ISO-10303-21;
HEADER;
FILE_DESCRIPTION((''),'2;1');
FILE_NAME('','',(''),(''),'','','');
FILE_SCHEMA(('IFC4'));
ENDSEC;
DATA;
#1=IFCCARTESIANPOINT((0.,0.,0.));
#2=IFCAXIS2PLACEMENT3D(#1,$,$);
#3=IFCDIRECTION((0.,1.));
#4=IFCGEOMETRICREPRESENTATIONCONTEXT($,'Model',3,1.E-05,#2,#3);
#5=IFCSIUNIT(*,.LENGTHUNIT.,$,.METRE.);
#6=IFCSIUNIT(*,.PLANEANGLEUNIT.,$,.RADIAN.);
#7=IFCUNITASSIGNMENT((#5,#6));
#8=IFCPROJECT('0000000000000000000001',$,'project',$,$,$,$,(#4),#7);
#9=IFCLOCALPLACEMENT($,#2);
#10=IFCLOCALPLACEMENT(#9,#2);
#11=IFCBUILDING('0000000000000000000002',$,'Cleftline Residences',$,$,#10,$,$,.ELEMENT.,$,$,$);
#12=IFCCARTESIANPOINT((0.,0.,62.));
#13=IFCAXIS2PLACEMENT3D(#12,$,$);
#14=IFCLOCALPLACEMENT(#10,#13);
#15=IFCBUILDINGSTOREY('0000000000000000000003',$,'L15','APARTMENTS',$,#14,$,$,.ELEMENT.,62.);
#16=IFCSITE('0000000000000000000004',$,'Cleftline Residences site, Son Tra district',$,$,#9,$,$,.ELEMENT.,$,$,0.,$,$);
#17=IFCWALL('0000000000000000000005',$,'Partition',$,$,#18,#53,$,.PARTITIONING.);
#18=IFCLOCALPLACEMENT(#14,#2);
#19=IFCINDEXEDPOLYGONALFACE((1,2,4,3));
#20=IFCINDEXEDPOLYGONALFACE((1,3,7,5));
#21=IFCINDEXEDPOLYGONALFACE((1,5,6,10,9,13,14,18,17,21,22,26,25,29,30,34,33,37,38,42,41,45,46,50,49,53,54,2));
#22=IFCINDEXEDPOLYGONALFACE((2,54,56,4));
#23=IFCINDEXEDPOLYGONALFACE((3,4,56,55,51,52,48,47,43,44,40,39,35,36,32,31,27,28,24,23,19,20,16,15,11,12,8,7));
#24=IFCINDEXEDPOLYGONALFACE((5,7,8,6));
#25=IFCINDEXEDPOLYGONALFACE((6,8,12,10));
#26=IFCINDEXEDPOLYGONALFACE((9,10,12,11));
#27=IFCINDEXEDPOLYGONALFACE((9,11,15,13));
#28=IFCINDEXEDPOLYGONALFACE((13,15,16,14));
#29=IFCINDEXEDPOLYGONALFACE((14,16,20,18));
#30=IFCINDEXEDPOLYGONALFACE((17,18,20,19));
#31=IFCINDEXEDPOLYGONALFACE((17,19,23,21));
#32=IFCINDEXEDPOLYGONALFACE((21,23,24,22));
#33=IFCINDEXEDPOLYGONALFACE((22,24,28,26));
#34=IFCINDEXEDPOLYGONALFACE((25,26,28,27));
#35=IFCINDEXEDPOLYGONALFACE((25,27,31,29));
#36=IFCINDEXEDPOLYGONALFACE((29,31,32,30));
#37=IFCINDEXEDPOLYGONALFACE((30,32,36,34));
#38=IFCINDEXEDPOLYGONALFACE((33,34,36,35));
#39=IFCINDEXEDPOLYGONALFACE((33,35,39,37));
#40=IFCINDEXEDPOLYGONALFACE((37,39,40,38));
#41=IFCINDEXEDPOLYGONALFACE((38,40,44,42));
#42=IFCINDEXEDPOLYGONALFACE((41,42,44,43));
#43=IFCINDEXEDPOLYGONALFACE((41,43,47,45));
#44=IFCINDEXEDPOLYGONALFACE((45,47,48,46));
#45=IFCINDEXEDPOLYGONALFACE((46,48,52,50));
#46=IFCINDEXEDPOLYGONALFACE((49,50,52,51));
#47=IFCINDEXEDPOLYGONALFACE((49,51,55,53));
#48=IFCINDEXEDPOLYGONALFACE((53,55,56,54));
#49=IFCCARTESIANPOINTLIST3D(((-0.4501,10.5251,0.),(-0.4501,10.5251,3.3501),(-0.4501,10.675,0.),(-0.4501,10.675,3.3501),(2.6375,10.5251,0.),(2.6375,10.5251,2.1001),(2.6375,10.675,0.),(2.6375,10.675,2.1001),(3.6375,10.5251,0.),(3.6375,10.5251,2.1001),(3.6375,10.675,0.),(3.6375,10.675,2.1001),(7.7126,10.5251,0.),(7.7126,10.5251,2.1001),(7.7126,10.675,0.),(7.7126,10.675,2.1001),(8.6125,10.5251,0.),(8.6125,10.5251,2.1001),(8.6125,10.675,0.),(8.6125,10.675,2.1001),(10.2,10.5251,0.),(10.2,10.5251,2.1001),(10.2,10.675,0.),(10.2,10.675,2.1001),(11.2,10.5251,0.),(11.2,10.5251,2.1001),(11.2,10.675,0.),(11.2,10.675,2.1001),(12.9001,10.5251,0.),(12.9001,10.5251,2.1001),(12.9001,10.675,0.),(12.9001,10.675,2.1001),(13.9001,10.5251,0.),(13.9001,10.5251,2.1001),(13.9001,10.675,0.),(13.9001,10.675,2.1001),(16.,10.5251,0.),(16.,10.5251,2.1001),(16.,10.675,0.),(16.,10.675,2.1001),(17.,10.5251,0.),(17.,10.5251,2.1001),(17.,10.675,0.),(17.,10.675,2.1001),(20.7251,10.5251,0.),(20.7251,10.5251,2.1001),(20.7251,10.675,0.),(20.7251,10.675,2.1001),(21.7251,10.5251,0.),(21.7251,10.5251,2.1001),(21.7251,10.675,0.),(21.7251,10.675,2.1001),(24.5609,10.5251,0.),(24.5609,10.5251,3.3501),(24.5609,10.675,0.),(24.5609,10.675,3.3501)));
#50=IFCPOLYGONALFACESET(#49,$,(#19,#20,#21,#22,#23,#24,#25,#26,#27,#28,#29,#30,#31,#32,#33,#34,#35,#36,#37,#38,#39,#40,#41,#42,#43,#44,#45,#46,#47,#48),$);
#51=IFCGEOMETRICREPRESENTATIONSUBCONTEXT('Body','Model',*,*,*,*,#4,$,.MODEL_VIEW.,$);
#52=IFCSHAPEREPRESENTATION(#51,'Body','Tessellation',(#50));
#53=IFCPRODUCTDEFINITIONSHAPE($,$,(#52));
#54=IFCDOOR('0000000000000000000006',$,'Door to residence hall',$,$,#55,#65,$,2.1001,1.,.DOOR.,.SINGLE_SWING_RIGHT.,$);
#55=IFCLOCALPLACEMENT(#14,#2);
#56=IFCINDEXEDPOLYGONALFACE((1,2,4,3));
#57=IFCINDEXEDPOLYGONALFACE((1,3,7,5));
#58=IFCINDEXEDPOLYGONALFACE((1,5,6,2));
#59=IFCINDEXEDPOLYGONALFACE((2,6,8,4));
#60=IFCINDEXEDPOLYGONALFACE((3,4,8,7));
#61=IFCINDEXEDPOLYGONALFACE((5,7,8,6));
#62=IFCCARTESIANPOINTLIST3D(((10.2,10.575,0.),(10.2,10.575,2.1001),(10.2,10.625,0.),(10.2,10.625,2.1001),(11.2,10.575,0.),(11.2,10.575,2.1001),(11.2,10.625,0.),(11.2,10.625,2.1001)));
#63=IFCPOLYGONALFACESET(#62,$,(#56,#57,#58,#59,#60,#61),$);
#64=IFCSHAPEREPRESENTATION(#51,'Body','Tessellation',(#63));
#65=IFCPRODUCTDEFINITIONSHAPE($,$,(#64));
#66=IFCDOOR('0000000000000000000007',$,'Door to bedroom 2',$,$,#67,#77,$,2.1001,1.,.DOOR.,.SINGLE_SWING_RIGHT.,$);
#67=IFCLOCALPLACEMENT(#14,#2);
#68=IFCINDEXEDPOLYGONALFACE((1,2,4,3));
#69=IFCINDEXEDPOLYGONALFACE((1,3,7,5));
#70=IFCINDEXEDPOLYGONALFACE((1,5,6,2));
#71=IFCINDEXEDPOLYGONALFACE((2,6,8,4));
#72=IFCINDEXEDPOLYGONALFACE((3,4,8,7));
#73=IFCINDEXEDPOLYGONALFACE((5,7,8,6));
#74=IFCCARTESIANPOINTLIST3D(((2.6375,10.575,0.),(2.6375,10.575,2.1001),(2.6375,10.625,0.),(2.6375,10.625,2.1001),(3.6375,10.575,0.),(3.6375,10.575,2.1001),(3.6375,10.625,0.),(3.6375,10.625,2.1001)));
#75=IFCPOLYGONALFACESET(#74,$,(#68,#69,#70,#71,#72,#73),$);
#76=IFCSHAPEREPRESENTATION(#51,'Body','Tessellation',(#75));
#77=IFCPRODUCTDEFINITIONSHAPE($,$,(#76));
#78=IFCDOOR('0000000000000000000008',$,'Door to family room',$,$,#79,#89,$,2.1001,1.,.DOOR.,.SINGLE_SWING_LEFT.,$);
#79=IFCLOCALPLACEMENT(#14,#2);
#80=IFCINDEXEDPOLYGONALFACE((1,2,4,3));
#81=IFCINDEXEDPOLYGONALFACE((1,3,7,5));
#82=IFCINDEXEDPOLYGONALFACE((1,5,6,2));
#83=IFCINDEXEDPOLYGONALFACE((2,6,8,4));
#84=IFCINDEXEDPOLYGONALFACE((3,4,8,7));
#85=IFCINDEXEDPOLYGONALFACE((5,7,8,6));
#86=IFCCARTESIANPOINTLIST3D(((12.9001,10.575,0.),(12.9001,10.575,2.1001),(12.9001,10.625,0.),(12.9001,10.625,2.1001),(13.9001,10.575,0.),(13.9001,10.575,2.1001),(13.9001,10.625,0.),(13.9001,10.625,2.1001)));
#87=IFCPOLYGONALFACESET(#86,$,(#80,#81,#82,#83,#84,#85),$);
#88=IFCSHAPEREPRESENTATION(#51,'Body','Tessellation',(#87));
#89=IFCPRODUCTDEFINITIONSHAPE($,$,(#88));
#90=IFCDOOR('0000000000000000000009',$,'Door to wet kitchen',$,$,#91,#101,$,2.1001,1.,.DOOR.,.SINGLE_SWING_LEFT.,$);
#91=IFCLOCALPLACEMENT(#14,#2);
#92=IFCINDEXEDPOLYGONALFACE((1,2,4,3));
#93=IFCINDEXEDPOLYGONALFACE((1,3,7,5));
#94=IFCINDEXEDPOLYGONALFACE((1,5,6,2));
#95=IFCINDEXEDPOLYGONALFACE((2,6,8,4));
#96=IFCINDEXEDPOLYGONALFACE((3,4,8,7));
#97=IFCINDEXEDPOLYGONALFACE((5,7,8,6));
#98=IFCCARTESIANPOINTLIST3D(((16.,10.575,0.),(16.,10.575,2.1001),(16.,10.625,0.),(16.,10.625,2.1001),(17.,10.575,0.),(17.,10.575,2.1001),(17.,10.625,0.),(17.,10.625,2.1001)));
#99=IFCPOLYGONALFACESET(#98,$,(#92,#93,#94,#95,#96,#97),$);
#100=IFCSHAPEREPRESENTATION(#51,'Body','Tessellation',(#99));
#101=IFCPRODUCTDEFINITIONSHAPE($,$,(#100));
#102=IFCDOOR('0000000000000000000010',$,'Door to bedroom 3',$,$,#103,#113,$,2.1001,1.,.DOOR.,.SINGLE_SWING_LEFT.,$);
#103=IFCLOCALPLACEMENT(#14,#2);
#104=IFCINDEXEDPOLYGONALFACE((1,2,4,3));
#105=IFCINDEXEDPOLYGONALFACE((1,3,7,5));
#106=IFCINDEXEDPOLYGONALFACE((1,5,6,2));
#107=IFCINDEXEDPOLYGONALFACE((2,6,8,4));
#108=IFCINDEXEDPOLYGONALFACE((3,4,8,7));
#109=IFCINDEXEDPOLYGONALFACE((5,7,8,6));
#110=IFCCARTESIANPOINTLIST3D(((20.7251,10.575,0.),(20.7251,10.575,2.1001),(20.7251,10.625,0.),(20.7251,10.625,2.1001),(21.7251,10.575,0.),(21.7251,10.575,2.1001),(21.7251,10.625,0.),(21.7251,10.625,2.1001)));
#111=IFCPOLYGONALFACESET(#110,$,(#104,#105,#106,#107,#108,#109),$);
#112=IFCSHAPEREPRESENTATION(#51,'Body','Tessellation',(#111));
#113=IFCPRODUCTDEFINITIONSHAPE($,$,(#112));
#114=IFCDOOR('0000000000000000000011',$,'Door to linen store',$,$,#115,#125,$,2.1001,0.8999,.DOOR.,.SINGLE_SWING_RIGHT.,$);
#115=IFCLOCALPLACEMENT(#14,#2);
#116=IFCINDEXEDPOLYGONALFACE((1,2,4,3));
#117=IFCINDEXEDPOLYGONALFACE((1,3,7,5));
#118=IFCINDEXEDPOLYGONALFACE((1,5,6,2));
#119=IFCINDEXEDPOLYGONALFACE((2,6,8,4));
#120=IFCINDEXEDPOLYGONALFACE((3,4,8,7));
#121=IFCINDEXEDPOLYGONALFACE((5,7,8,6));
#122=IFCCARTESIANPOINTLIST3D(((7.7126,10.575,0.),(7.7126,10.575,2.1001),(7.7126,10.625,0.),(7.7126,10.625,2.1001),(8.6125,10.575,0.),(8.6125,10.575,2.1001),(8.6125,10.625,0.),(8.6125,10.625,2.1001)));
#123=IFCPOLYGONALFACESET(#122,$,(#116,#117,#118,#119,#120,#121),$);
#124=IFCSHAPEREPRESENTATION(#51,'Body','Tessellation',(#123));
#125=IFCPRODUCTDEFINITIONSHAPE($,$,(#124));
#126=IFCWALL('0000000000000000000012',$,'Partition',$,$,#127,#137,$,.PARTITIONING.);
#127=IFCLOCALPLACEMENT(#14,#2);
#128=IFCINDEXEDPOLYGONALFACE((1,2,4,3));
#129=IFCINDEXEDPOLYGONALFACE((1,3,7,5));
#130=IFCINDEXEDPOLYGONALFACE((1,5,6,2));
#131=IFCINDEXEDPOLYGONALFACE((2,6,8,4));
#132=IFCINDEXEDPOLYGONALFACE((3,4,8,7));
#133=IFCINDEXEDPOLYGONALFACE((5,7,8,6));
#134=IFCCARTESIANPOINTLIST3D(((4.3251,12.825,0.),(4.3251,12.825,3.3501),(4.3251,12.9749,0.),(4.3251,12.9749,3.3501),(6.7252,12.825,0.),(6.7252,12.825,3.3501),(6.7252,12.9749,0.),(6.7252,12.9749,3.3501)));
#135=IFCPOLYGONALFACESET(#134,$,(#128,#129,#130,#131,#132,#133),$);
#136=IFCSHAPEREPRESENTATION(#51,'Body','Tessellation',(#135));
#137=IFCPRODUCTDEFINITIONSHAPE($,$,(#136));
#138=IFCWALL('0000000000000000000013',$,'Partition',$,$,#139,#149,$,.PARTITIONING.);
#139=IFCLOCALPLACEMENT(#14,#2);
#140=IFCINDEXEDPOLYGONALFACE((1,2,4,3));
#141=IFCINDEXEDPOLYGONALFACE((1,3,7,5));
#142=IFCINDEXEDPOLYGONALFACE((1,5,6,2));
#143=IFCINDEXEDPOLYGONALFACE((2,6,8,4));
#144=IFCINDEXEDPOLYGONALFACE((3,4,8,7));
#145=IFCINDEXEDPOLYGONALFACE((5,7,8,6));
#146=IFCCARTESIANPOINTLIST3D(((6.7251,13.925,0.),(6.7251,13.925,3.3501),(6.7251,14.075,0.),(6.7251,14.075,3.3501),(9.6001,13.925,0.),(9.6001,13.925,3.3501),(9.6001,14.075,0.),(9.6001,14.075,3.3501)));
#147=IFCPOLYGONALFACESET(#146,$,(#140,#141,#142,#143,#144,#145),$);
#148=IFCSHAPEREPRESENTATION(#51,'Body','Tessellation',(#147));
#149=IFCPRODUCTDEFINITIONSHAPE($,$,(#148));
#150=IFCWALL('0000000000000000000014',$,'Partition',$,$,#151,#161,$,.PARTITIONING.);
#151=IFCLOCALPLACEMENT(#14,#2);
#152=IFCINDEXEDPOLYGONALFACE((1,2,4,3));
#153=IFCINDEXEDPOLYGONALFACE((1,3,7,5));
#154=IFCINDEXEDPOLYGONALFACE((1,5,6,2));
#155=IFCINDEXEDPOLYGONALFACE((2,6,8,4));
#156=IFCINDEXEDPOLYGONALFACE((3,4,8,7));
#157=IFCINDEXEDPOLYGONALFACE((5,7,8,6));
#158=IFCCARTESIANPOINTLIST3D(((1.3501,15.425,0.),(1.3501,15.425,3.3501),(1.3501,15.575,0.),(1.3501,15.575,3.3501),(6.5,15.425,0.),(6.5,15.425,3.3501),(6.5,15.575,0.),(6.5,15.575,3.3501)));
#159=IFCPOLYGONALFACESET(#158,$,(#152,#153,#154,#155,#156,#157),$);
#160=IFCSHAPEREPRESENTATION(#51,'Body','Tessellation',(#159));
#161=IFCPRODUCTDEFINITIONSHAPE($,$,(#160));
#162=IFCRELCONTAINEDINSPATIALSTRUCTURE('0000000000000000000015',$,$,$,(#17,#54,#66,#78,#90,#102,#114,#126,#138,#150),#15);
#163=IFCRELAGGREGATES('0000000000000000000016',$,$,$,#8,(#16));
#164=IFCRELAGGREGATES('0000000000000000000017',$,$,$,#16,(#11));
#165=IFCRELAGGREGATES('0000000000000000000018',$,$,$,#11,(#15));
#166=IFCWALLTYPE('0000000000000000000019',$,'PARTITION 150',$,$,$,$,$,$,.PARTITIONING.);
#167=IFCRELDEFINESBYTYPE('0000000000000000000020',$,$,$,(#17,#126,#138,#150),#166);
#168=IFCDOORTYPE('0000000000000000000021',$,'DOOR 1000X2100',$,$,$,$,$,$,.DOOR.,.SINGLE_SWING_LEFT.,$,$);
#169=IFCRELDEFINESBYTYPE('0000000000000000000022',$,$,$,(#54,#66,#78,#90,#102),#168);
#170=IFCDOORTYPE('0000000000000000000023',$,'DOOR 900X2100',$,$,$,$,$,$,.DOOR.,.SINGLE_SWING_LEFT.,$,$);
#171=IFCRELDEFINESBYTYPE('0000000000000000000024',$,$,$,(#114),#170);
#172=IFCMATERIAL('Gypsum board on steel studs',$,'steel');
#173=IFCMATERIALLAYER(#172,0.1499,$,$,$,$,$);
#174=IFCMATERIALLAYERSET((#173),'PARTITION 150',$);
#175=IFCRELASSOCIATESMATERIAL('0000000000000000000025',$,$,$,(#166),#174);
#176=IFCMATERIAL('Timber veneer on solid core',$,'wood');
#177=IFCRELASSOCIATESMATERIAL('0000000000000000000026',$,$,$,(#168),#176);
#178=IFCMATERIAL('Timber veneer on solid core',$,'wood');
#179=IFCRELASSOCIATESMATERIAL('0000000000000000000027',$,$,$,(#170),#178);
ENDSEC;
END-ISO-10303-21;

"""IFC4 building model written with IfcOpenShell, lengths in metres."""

from ifc_helpers import new_model, si_unit, direction, frame, frame_2d, origin, place, context, subcontext, project, spatial, rectangle, extrude, material, layer, layer_set, type_object, element, fill, save


model = new_model("IFC4")

# Units and contexts
model_context = context("Model", 3, precision=1e-05, world=origin(), true_north=direction((0.0, 1.0)))
body_context = subcontext(model_context, "Body", "Model", "MODEL_VIEW")
ifc_project = project(units=[si_unit("LENGTHUNIT", "METRE"), si_unit("PLANEANGLEUNIT", "RADIAN")], contexts=[model_context])

# Site, building, storey
site_placement = place(None, origin())
site = spatial("IfcSite", under=ifc_project, at=site_placement, Name="Cleftline Residences site, Son Tra district", CompositionType="ELEMENT", RefElevation=0.0)
building_placement = place(site_placement, origin())
building = spatial("IfcBuilding", under=site, at=building_placement, Name="Cleftline Residences", CompositionType="ELEMENT")
storey_placement = place(building_placement, frame((0.0, 0.0, 62.0)))
storey = spatial("IfcBuildingStorey", under=building, at=storey_placement, Name="L15", Description="APARTMENTS", CompositionType="ELEMENT", Elevation=62.0)

# Wall, openings, doors
ifc_material_1 = material(Name="Gypsum board on steel studs", Category="steel")
ifc_layer = layer(ifc_material_1, 0.1499)
ifc_layer_set = layer_set([ifc_layer], Name="PARTITION 150")
wall_type = type_object("IfcWallType", Name="PARTITION 150", PredefinedType="PARTITIONING", material=ifc_layer_set)
wall_1_placement = place(storey_placement, frame((-0.45, 10.6001, 0.0), z_axis=(0.0, 0.0, 1.0), x_axis=(1.0, 0.0, 0.0)))
wall_1 = element("IfcWall", 1, at=wall_1_placement, inside=storey, type_object=wall_type, Name="Partition", PredefinedType="PARTITIONING", context=body_context, shape_type="SweptSolid", body=[
    extrude(rectangle(XDim=25.011, YDim=0.1499, at=frame_2d((12.5054, 0.0))), origin(), (0.0, 0.0, 1.0), 3.3501),
])
opening_1_placement = place(wall_1_placement, frame((10.6499, 0.0, 0.0)))
opening_1 = element("IfcOpeningElement", 2, at=opening_1_placement, cuts=wall_1, PredefinedType="OPENING", context=body_context, shape_type="SweptSolid", body=[
    extrude(rectangle(XDim=1.0, YDim=2.1001, at=frame_2d((0.5, 1.05))), frame((0.0, 0.085, 0.0), z_axis=(0.0, -1.0, 0.0), x_axis=(1.0, 0.0, 0.0)), (0.0, 0.0, 1.0), 0.1699),
])
opening_2_placement = place(wall_1_placement, frame((3.0874, 0.0, 0.0)))
opening_2 = element("IfcOpeningElement", 3, at=opening_2_placement, cuts=wall_1, PredefinedType="OPENING", context=body_context, shape_type="SweptSolid", body=[
    extrude(rectangle(XDim=1.0, YDim=2.1001, at=frame_2d((0.5, 1.05))), frame((0.0, 0.085, 0.0), z_axis=(0.0, -1.0, 0.0), x_axis=(1.0, 0.0, 0.0)), (0.0, 0.0, 1.0), 0.1699),
])
opening_3_placement = place(wall_1_placement, frame((8.1626, 0.0, 0.0)))
opening_3 = element("IfcOpeningElement", 4, at=opening_3_placement, cuts=wall_1, PredefinedType="OPENING", context=body_context, shape_type="SweptSolid", body=[
    extrude(rectangle(XDim=0.8999, YDim=2.1001, at=frame_2d((0.45, 1.05))), frame((0.0, 0.085, 0.0), z_axis=(0.0, -1.0, 0.0), x_axis=(1.0, 0.0, 0.0)), (0.0, 0.0, 1.0), 0.1699),
])
opening_4_placement = place(wall_1_placement, frame((13.3501, 0.0, 0.0)))
opening_4 = element("IfcOpeningElement", 5, at=opening_4_placement, cuts=wall_1, PredefinedType="OPENING", context=body_context, shape_type="SweptSolid", body=[
    extrude(rectangle(XDim=1.0, YDim=2.1001, at=frame_2d((0.5, 1.05))), frame((0.0, 0.085, 0.0), z_axis=(0.0, -1.0, 0.0), x_axis=(1.0, 0.0, 0.0)), (0.0, 0.0, 1.0), 0.1699),
])
opening_5_placement = place(wall_1_placement, frame((16.45, 0.0, 0.0)))
opening_5 = element("IfcOpeningElement", 6, at=opening_5_placement, cuts=wall_1, PredefinedType="OPENING", context=body_context, shape_type="SweptSolid", body=[
    extrude(rectangle(XDim=1.0, YDim=2.1001, at=frame_2d((0.5, 1.05))), frame((0.0, 0.085, 0.0), z_axis=(0.0, -1.0, 0.0), x_axis=(1.0, 0.0, 0.0)), (0.0, 0.0, 1.0), 0.1699),
])
opening_6_placement = place(wall_1_placement, frame((21.175, 0.0, 0.0)))
opening_6 = element("IfcOpeningElement", 7, at=opening_6_placement, cuts=wall_1, PredefinedType="OPENING", context=body_context, shape_type="SweptSolid", body=[
    extrude(rectangle(XDim=1.0, YDim=2.1001, at=frame_2d((0.5, 1.05))), frame((0.0, 0.085, 0.0), z_axis=(0.0, -1.0, 0.0), x_axis=(1.0, 0.0, 0.0)), (0.0, 0.0, 1.0), 0.1699),
])
ifc_material_2 = material(Name="Timber veneer on solid core", Category="wood")
door_type_1 = type_object("IfcDoorType", Name="DOOR 1000X2100", OperationType="SINGLE_SWING_LEFT", PredefinedType="DOOR", material=ifc_material_2)
door_1_placement = place(opening_1_placement, origin())
door_1 = element("IfcDoor", 8, at=door_1_placement, inside=storey, type_object=door_type_1, Name="Door to residence hall", OperationType="SINGLE_SWING_RIGHT", OverallHeight=2.1001, OverallWidth=1.0, PredefinedType="DOOR", context=body_context, shape_type="SweptSolid", body=[
    extrude(rectangle(XDim=1.0, YDim=2.1001, at=frame_2d((0.5, 1.05))), frame((0.0, 0.0249, 0.0), z_axis=(0.0, -1.0, 0.0), x_axis=(1.0, 0.0, 0.0)), (0.0, 0.0, 1.0), 0.05),
])
fill(opening_1, door_1)
door_2_placement = place(opening_2_placement, origin())
door_2 = element("IfcDoor", 9, at=door_2_placement, inside=storey, type_object=door_type_1, Name="Door to bedroom 2", OperationType="SINGLE_SWING_RIGHT", OverallHeight=2.1001, OverallWidth=1.0, PredefinedType="DOOR", context=body_context, shape_type="SweptSolid", body=[
    extrude(rectangle(XDim=1.0, YDim=2.1001, at=frame_2d((0.5, 1.05))), frame((0.0, 0.0249, 0.0), z_axis=(0.0, -1.0, 0.0), x_axis=(1.0, 0.0, 0.0)), (0.0, 0.0, 1.0), 0.05),
])
fill(opening_2, door_2)
door_3_placement = place(opening_4_placement, origin())
door_3 = element("IfcDoor", 10, at=door_3_placement, inside=storey, type_object=door_type_1, Name="Door to family room", OperationType="SINGLE_SWING_LEFT", OverallHeight=2.1001, OverallWidth=1.0, PredefinedType="DOOR", context=body_context, shape_type="SweptSolid", body=[
    extrude(rectangle(XDim=1.0, YDim=2.1001, at=frame_2d((0.5, 1.05))), frame((0.0, 0.0249, 0.0), z_axis=(0.0, -1.0, 0.0), x_axis=(1.0, 0.0, 0.0)), (0.0, 0.0, 1.0), 0.05),
])
fill(opening_4, door_3)
door_4_placement = place(opening_5_placement, origin())
door_4 = element("IfcDoor", 11, at=door_4_placement, inside=storey, type_object=door_type_1, Name="Door to wet kitchen", OperationType="SINGLE_SWING_LEFT", OverallHeight=2.1001, OverallWidth=1.0, PredefinedType="DOOR", context=body_context, shape_type="SweptSolid", body=[
    extrude(rectangle(XDim=1.0, YDim=2.1001, at=frame_2d((0.5, 1.05))), frame((0.0, 0.0249, 0.0), z_axis=(0.0, -1.0, 0.0), x_axis=(1.0, 0.0, 0.0)), (0.0, 0.0, 1.0), 0.05),
])
fill(opening_5, door_4)
door_5_placement = place(opening_6_placement, origin())
door_5 = element("IfcDoor", 12, at=door_5_placement, inside=storey, type_object=door_type_1, Name="Door to bedroom 3", OperationType="SINGLE_SWING_LEFT", OverallHeight=2.1001, OverallWidth=1.0, PredefinedType="DOOR", context=body_context, shape_type="SweptSolid", body=[
    extrude(rectangle(XDim=1.0, YDim=2.1001, at=frame_2d((0.5, 1.05))), frame((0.0, 0.0249, 0.0), z_axis=(0.0, -1.0, 0.0), x_axis=(1.0, 0.0, 0.0)), (0.0, 0.0, 1.0), 0.05),
])
fill(opening_6, door_5)
ifc_material_3 = material(Name="Timber veneer on solid core", Category="wood")
door_type_2 = type_object("IfcDoorType", Name="DOOR 900X2100", OperationType="SINGLE_SWING_LEFT", PredefinedType="DOOR", material=ifc_material_3)
door_6_placement = place(opening_3_placement, origin())
door_6 = element("IfcDoor", 13, at=door_6_placement, inside=storey, type_object=door_type_2, Name="Door to linen store", OperationType="SINGLE_SWING_RIGHT", OverallHeight=2.1001, OverallWidth=0.8999, PredefinedType="DOOR", context=body_context, shape_type="SweptSolid", body=[
    extrude(rectangle(XDim=0.8999, YDim=2.1001, at=frame_2d((0.45, 1.05))), frame((0.0, 0.0249, 0.0), z_axis=(0.0, -1.0, 0.0), x_axis=(1.0, 0.0, 0.0)), (0.0, 0.0, 1.0), 0.05),
])
fill(opening_3, door_6)

# Walls
wall_2_placement = place(storey_placement, frame((4.325, 12.8999, 0.0), z_axis=(0.0, 0.0, 1.0), x_axis=(1.0, 0.0, 0.0)))
element("IfcWall", 14, at=wall_2_placement, inside=storey, type_object=wall_type, Name="Partition", PredefinedType="PARTITIONING", context=body_context, shape_type="SweptSolid", body=[
    extrude(rectangle(XDim=2.4001, YDim=0.1499, at=frame_2d((1.2002, 0.0))), origin(), (0.0, 0.0, 1.0), 3.3501),
])
wall_3_placement = place(storey_placement, frame((6.7251, 14.0, 0.0), z_axis=(0.0, 0.0, 1.0), x_axis=(1.0, 0.0, 0.0)))
element("IfcWall", 15, at=wall_3_placement, inside=storey, type_object=wall_type, Name="Partition", PredefinedType="PARTITIONING", context=body_context, shape_type="SweptSolid", body=[
    extrude(rectangle(XDim=2.875, YDim=0.1499, at=frame_2d((1.4375, 0.0))), origin(), (0.0, 0.0, 1.0), 3.3501),
])
wall_4_placement = place(storey_placement, frame((1.3501, 15.5, 0.0), z_axis=(0.0, 0.0, 1.0), x_axis=(1.0, 0.0, 0.0)))
element("IfcWall", 16, at=wall_4_placement, inside=storey, type_object=wall_type, Name="Partition", PredefinedType="PARTITIONING", context=body_context, shape_type="SweptSolid", body=[
    extrude(rectangle(XDim=5.1499, YDim=0.1499, at=frame_2d((2.575, 0.0))), origin(), (0.0, 0.0, 1.0), 3.3501),
])

save(model, "model.ifc")
